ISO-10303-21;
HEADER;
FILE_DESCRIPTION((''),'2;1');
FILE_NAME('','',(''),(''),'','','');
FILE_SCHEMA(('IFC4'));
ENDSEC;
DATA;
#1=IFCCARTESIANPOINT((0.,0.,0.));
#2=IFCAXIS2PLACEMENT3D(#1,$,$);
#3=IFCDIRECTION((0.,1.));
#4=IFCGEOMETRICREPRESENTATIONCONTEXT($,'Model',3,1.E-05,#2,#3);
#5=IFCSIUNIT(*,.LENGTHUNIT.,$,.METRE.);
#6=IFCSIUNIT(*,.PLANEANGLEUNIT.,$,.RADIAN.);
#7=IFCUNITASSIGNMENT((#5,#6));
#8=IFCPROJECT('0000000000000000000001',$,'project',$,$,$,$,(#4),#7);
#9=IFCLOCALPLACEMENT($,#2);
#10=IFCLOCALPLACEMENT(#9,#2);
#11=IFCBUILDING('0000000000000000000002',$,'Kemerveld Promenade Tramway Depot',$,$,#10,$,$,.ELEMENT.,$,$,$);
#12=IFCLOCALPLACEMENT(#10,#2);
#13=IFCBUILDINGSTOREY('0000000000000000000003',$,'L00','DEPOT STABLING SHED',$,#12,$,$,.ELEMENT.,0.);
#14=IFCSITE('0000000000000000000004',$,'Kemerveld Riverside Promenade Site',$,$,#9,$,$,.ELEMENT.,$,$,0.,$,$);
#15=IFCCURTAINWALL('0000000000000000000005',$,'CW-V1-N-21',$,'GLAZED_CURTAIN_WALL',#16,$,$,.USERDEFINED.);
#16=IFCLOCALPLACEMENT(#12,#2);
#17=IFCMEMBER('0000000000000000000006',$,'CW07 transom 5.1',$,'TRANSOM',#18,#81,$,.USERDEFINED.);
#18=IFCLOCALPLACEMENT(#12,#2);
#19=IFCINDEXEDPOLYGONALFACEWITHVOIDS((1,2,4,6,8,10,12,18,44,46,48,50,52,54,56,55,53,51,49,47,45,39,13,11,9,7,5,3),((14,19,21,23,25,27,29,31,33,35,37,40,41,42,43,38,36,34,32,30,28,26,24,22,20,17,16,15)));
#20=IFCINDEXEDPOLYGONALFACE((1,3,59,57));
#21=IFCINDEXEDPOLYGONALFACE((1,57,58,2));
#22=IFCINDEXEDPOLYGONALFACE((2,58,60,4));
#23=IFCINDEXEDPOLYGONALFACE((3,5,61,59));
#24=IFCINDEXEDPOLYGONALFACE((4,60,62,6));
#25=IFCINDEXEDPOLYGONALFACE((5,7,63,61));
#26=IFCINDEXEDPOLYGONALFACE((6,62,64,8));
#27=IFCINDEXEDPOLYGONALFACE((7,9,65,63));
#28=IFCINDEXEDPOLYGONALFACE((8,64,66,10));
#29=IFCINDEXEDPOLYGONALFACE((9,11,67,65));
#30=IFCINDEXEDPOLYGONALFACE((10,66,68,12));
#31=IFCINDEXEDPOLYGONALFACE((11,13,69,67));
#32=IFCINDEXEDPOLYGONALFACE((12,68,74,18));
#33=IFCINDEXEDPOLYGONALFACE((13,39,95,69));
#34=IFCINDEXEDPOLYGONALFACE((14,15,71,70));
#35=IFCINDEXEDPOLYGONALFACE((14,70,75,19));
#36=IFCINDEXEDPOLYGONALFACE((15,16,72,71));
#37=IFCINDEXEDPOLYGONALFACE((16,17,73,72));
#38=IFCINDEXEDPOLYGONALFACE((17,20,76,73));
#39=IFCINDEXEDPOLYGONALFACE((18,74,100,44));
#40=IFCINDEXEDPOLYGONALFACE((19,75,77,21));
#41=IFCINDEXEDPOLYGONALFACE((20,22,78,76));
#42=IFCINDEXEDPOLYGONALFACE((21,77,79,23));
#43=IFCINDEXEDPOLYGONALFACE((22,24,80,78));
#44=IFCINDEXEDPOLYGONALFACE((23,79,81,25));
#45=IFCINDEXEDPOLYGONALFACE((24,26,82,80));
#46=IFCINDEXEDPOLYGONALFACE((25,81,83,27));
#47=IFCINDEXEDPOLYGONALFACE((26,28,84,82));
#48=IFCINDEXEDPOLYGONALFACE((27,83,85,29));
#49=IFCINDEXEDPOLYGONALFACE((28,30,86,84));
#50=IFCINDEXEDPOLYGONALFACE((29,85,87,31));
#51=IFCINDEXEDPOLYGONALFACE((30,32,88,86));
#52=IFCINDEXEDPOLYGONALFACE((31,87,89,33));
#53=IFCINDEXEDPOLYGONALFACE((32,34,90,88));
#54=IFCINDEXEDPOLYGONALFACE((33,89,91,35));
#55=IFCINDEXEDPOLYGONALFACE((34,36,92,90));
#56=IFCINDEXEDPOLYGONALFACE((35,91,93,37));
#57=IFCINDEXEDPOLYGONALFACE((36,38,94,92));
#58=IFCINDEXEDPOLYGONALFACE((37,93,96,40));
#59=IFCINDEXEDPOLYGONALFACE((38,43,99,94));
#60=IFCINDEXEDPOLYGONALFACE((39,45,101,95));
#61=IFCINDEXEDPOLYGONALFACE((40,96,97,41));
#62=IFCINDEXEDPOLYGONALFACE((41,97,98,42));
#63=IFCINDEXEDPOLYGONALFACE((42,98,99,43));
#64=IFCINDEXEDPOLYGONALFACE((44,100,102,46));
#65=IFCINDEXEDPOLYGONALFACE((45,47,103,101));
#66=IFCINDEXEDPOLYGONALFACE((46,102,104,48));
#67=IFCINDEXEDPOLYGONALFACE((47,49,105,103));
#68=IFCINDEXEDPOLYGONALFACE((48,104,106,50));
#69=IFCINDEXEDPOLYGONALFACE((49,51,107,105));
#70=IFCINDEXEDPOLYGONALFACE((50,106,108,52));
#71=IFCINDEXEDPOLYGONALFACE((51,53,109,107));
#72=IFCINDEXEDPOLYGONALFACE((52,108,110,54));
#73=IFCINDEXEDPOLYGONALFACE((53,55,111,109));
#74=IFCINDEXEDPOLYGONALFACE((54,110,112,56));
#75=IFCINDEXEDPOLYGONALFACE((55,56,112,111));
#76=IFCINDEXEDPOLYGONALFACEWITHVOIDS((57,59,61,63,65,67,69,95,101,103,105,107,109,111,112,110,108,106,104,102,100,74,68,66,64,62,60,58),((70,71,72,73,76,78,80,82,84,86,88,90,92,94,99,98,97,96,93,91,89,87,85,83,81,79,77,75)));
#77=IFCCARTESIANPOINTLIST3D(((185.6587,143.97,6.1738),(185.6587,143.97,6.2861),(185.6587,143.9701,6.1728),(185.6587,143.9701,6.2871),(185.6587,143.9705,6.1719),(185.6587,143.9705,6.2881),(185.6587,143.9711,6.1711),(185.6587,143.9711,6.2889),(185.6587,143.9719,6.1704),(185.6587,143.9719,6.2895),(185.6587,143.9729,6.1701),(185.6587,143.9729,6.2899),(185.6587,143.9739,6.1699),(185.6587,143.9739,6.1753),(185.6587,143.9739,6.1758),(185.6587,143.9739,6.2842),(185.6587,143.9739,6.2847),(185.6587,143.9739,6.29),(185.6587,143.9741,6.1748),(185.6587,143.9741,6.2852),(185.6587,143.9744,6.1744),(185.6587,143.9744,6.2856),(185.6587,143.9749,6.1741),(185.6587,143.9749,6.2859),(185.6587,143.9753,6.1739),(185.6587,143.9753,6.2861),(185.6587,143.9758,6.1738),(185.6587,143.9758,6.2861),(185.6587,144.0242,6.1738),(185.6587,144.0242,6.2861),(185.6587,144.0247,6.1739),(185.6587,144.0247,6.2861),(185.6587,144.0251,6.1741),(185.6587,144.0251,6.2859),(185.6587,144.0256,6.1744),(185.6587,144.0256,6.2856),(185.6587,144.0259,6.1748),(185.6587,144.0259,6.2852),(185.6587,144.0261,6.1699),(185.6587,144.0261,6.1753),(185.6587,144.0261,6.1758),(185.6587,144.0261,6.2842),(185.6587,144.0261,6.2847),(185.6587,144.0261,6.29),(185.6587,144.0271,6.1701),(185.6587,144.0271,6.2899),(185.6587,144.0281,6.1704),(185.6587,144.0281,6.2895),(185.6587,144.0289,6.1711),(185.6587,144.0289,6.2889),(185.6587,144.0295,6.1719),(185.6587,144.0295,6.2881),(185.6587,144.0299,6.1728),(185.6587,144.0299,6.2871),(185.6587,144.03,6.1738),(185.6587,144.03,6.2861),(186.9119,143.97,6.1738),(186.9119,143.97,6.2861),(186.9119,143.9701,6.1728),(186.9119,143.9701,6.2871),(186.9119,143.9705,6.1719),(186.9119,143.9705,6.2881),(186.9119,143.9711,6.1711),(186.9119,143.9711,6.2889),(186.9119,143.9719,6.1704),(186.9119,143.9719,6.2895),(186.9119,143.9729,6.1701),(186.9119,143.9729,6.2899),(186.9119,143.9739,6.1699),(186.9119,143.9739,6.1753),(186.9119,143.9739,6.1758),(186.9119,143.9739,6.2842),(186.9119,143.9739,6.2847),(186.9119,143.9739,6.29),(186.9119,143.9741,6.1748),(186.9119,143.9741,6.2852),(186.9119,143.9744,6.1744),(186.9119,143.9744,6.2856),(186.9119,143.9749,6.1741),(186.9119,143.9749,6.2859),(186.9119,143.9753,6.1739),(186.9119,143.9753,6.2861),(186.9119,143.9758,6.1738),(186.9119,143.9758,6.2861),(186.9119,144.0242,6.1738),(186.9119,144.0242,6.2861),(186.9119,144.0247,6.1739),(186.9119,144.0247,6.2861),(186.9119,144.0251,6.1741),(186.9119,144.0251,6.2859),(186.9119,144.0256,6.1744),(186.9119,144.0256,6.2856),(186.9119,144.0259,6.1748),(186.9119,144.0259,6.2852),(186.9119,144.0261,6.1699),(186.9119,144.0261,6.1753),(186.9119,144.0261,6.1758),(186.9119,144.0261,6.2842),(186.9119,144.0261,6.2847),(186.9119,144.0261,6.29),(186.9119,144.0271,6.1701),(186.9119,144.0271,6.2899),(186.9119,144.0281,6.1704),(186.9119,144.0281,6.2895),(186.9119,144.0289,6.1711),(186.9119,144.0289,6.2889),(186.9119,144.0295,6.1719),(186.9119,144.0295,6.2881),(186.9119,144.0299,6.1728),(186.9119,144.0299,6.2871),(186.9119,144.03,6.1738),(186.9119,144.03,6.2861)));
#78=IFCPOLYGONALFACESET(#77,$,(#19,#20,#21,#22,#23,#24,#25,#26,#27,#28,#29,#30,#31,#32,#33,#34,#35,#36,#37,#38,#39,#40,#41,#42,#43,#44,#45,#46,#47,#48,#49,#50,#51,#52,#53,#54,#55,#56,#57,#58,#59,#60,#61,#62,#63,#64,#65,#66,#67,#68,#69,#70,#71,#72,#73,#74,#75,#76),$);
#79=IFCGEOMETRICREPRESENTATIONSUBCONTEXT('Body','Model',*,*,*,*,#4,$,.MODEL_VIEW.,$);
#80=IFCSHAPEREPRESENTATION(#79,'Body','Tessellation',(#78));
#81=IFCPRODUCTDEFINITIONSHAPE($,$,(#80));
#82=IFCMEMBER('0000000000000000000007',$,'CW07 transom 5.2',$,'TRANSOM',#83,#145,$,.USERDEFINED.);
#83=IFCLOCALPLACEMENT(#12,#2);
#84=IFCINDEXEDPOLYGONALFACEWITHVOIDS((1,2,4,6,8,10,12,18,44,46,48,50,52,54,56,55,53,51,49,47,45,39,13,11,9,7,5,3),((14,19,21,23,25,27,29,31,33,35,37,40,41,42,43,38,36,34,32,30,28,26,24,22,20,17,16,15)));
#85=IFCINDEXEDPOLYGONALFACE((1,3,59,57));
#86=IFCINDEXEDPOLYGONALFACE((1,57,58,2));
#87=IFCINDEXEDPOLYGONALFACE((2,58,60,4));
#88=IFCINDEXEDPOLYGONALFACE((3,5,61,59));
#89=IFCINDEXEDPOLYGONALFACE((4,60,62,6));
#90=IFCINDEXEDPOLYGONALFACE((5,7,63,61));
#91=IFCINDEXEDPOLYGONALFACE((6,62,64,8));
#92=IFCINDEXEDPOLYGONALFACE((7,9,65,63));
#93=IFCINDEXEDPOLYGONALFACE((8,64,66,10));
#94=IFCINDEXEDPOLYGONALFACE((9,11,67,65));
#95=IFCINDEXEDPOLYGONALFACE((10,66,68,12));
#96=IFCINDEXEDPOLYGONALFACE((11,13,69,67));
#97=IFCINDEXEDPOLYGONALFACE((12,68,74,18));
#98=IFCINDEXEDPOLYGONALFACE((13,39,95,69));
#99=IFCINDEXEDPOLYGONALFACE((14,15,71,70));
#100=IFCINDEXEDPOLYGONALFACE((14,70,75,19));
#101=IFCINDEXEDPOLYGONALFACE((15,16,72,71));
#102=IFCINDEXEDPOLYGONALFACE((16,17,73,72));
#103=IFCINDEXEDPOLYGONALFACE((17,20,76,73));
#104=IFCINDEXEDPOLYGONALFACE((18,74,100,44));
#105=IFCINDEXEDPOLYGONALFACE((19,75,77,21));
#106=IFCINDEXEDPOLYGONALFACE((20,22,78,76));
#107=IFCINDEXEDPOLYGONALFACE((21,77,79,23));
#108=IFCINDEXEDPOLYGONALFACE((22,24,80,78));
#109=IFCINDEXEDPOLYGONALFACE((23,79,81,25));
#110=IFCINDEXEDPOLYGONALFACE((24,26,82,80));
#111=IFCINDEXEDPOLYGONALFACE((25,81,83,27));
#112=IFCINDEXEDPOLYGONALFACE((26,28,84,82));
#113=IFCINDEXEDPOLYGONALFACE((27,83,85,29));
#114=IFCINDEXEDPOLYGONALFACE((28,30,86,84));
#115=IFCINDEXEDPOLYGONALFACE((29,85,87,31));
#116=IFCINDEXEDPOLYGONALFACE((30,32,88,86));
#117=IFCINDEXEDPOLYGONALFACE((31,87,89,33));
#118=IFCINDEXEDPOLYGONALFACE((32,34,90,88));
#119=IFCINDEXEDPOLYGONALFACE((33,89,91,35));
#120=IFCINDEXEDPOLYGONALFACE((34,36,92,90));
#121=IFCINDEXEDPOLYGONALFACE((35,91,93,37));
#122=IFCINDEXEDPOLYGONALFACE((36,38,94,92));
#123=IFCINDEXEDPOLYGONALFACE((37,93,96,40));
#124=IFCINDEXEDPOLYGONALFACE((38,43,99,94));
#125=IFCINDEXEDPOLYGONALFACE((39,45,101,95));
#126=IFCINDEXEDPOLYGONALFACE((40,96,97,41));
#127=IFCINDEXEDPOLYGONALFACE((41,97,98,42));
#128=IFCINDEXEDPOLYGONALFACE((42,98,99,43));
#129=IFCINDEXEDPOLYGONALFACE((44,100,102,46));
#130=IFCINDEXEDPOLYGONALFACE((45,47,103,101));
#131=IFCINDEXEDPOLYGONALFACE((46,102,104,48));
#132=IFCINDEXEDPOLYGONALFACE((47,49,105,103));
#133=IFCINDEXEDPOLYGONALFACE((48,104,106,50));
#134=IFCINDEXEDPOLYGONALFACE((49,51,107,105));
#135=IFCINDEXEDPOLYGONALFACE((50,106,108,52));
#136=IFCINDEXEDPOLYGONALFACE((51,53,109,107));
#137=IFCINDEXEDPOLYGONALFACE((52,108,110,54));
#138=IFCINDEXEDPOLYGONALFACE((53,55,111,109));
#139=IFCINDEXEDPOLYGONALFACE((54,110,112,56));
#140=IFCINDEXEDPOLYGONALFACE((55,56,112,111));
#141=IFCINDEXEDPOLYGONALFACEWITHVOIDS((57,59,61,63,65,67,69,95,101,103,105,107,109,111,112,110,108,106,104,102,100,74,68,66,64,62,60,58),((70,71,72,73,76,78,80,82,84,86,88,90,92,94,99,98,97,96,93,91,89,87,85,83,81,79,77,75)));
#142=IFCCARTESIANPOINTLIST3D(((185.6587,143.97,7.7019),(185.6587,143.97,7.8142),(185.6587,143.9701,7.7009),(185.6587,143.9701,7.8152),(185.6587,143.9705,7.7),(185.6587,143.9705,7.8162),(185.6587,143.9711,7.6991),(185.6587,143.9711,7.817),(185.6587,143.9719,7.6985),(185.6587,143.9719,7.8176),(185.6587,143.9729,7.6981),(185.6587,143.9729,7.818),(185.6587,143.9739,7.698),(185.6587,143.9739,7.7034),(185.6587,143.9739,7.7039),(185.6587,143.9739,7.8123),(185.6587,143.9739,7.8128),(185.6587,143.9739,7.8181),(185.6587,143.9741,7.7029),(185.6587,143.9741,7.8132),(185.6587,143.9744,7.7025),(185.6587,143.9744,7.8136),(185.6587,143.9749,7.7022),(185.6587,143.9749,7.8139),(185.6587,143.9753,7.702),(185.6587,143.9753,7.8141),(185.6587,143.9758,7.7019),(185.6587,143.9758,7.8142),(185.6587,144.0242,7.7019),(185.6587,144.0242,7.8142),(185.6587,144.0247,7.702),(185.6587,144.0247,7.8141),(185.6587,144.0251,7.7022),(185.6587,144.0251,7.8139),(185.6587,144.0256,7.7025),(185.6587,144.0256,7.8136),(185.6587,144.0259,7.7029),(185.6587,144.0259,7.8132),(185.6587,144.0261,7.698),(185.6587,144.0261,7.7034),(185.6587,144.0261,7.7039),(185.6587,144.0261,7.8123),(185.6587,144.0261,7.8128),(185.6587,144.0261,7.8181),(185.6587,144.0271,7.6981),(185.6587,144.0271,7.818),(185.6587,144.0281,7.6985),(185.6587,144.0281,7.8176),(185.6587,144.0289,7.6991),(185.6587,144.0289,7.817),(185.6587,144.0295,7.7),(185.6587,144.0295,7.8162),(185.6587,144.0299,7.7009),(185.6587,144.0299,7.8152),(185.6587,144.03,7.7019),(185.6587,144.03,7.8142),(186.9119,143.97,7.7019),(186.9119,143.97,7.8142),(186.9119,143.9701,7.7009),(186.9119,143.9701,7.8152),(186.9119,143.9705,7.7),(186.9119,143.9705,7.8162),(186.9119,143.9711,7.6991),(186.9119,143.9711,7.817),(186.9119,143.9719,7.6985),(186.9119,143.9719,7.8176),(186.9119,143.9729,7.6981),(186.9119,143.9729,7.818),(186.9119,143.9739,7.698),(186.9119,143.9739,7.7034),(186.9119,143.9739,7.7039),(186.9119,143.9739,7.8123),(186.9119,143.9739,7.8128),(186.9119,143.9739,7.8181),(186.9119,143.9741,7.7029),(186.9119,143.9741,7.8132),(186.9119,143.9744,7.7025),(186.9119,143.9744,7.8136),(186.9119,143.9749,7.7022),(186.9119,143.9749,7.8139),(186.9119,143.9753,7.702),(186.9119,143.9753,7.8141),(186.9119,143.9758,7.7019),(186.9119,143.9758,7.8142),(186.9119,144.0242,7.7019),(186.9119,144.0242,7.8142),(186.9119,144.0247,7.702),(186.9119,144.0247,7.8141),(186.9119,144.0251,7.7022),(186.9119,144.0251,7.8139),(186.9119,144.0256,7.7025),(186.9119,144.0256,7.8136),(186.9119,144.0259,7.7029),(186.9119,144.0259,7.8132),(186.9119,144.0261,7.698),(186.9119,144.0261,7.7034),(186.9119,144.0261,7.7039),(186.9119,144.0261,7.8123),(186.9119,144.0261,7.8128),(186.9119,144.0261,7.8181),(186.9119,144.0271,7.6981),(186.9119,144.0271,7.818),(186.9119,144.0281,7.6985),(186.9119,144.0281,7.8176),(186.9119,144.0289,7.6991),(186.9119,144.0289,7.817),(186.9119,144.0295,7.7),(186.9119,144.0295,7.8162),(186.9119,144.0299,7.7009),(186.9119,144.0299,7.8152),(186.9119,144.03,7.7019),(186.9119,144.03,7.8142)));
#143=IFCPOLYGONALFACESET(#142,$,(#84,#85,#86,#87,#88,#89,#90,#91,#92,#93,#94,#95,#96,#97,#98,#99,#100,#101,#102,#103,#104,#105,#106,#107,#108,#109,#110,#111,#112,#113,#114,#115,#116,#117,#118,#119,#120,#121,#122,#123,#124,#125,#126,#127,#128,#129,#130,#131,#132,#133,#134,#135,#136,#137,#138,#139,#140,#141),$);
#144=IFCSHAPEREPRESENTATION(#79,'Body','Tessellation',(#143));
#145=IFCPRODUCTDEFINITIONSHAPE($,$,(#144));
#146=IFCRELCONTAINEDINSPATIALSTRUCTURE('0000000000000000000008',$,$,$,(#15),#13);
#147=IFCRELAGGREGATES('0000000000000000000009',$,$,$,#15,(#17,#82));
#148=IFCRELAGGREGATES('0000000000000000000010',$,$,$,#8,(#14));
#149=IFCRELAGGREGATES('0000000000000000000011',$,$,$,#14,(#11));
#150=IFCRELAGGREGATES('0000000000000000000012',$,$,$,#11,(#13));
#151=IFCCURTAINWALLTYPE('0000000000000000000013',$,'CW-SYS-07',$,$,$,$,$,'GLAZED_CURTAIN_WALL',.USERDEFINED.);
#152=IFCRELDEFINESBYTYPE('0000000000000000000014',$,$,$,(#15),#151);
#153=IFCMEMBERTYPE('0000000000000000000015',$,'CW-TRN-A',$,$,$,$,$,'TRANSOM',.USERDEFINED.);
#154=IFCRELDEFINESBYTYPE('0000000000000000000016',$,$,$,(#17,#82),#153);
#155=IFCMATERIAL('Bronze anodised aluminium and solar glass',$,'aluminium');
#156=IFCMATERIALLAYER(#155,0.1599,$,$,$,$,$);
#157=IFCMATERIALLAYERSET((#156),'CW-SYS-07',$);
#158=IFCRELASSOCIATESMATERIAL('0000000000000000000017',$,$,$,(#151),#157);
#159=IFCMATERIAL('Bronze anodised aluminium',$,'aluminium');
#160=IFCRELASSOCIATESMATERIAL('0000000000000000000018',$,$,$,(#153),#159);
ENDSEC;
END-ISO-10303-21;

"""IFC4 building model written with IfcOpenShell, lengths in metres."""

from ifc_helpers import new_model, si_unit, direction, frame, origin, origin_2d, place, context, subcontext, project, spatial, hollow_rectangle, extrude, material, layer, layer_set, material_profile, profile_set, type_object, element, aggregate, save


model = new_model("IFC4")

# Units and contexts
model_context = context("Model", 3, precision=1e-05, world=origin(), true_north=direction((0.0, 1.0)))
body_context = subcontext(model_context, "Body", "Model", "MODEL_VIEW")
ifc_project = project(units=[si_unit("LENGTHUNIT", "METRE"), si_unit("PLANEANGLEUNIT", "RADIAN")], contexts=[model_context])

# Site, building, storey
site_placement = place(None, origin())
site = spatial("IfcSite", under=ifc_project, at=site_placement, Name="Kemerveld Riverside Promenade Site", CompositionType="ELEMENT", RefElevation=0.0)
building_placement = place(site_placement, origin())
building = spatial("IfcBuilding", under=site, at=building_placement, Name="Kemerveld Promenade Tramway Depot", CompositionType="ELEMENT")
storey_placement = place(building_placement, origin())
storey = spatial("IfcBuildingStorey", under=building, at=storey_placement, Name="L00", Description="DEPOT STABLING SHED", CompositionType="ELEMENT", Elevation=0.0)

# Curtain wall
ifc_material_1 = material(Name="Bronze anodised aluminium and solar glass", Category="aluminium")
ifc_layer_1 = layer(ifc_material_1, 0.1599)
ifc_layer_set_1 = layer_set([ifc_layer_1], Name="CW-SYS-07")
curtain_wall_type_1 = type_object("IfcCurtainWallType", Name="CW-SYS-07", ElementType="GLAZED_CURTAIN_WALL", PredefinedType="USERDEFINED", material=ifc_layer_set_1)
curtain_wall_1_placement = place(storey_placement, origin())
curtain_wall_1 = element("IfcCurtainWall", 1, at=curtain_wall_1_placement, inside=storey, type_object=curtain_wall_type_1, Name="CW-V1-N-21", ObjectType="GLAZED_CURTAIN_WALL", PredefinedType="USERDEFINED")
ifc_material_2 = material(Name="Bronze anodised aluminium", Category="aluminium")

# Members
ifc_material_profile_1 = material_profile(ifc_material_2, hollow_rectangle(XDim=0.0601, YDim=0.1201, WallThickness=0.0039, InnerFilletRadius=0.002, OuterFilletRadius=0.0039, at=origin_2d()), Name="CW-TRN-120x60")
ifc_profile_set_1 = profile_set([ifc_material_profile_1], Name="Bronze anodised aluminium")
member_type_1 = type_object("IfcMemberType", Name="CW-TRN-A", ElementType="TRANSOM", PredefinedType="USERDEFINED", material=ifc_profile_set_1)
member_1_placement = place(storey_placement, frame((185.6587, 144.0, 6.23), z_axis=(1.0, 0.0, 0.0), x_axis=(0.0, 1.0, 0.0)))
member_1 = element("IfcMember", 2, at=member_1_placement, type_object=member_type_1, Name="CW07 transom 5.1", ObjectType="TRANSOM", PredefinedType="USERDEFINED", context=body_context, shape_type="SweptSolid", body=[
    extrude(hollow_rectangle(XDim=0.0601, YDim=0.1201, WallThickness=0.0039, InnerFilletRadius=0.002, OuterFilletRadius=0.0039, at=origin_2d()), origin(), (0.0, 0.0, 1.0), 1.2532),
])
member_2_placement = place(storey_placement, frame((185.6587, 144.0, 7.7581), z_axis=(1.0, 0.0, 0.0), x_axis=(0.0, 1.0, 0.0)))
member_2 = element("IfcMember", 3, at=member_2_placement, type_object=member_type_1, Name="CW07 transom 5.2", ObjectType="TRANSOM", PredefinedType="USERDEFINED", context=body_context, shape_type="SweptSolid", body=[
    extrude(hollow_rectangle(XDim=0.0601, YDim=0.1201, WallThickness=0.0039, InnerFilletRadius=0.002, OuterFilletRadius=0.0039, at=origin_2d()), origin(), (0.0, 0.0, 1.0), 1.2532),
])

aggregate(curtain_wall_1, [member_1, member_2])

save(model, "model.ifc")
